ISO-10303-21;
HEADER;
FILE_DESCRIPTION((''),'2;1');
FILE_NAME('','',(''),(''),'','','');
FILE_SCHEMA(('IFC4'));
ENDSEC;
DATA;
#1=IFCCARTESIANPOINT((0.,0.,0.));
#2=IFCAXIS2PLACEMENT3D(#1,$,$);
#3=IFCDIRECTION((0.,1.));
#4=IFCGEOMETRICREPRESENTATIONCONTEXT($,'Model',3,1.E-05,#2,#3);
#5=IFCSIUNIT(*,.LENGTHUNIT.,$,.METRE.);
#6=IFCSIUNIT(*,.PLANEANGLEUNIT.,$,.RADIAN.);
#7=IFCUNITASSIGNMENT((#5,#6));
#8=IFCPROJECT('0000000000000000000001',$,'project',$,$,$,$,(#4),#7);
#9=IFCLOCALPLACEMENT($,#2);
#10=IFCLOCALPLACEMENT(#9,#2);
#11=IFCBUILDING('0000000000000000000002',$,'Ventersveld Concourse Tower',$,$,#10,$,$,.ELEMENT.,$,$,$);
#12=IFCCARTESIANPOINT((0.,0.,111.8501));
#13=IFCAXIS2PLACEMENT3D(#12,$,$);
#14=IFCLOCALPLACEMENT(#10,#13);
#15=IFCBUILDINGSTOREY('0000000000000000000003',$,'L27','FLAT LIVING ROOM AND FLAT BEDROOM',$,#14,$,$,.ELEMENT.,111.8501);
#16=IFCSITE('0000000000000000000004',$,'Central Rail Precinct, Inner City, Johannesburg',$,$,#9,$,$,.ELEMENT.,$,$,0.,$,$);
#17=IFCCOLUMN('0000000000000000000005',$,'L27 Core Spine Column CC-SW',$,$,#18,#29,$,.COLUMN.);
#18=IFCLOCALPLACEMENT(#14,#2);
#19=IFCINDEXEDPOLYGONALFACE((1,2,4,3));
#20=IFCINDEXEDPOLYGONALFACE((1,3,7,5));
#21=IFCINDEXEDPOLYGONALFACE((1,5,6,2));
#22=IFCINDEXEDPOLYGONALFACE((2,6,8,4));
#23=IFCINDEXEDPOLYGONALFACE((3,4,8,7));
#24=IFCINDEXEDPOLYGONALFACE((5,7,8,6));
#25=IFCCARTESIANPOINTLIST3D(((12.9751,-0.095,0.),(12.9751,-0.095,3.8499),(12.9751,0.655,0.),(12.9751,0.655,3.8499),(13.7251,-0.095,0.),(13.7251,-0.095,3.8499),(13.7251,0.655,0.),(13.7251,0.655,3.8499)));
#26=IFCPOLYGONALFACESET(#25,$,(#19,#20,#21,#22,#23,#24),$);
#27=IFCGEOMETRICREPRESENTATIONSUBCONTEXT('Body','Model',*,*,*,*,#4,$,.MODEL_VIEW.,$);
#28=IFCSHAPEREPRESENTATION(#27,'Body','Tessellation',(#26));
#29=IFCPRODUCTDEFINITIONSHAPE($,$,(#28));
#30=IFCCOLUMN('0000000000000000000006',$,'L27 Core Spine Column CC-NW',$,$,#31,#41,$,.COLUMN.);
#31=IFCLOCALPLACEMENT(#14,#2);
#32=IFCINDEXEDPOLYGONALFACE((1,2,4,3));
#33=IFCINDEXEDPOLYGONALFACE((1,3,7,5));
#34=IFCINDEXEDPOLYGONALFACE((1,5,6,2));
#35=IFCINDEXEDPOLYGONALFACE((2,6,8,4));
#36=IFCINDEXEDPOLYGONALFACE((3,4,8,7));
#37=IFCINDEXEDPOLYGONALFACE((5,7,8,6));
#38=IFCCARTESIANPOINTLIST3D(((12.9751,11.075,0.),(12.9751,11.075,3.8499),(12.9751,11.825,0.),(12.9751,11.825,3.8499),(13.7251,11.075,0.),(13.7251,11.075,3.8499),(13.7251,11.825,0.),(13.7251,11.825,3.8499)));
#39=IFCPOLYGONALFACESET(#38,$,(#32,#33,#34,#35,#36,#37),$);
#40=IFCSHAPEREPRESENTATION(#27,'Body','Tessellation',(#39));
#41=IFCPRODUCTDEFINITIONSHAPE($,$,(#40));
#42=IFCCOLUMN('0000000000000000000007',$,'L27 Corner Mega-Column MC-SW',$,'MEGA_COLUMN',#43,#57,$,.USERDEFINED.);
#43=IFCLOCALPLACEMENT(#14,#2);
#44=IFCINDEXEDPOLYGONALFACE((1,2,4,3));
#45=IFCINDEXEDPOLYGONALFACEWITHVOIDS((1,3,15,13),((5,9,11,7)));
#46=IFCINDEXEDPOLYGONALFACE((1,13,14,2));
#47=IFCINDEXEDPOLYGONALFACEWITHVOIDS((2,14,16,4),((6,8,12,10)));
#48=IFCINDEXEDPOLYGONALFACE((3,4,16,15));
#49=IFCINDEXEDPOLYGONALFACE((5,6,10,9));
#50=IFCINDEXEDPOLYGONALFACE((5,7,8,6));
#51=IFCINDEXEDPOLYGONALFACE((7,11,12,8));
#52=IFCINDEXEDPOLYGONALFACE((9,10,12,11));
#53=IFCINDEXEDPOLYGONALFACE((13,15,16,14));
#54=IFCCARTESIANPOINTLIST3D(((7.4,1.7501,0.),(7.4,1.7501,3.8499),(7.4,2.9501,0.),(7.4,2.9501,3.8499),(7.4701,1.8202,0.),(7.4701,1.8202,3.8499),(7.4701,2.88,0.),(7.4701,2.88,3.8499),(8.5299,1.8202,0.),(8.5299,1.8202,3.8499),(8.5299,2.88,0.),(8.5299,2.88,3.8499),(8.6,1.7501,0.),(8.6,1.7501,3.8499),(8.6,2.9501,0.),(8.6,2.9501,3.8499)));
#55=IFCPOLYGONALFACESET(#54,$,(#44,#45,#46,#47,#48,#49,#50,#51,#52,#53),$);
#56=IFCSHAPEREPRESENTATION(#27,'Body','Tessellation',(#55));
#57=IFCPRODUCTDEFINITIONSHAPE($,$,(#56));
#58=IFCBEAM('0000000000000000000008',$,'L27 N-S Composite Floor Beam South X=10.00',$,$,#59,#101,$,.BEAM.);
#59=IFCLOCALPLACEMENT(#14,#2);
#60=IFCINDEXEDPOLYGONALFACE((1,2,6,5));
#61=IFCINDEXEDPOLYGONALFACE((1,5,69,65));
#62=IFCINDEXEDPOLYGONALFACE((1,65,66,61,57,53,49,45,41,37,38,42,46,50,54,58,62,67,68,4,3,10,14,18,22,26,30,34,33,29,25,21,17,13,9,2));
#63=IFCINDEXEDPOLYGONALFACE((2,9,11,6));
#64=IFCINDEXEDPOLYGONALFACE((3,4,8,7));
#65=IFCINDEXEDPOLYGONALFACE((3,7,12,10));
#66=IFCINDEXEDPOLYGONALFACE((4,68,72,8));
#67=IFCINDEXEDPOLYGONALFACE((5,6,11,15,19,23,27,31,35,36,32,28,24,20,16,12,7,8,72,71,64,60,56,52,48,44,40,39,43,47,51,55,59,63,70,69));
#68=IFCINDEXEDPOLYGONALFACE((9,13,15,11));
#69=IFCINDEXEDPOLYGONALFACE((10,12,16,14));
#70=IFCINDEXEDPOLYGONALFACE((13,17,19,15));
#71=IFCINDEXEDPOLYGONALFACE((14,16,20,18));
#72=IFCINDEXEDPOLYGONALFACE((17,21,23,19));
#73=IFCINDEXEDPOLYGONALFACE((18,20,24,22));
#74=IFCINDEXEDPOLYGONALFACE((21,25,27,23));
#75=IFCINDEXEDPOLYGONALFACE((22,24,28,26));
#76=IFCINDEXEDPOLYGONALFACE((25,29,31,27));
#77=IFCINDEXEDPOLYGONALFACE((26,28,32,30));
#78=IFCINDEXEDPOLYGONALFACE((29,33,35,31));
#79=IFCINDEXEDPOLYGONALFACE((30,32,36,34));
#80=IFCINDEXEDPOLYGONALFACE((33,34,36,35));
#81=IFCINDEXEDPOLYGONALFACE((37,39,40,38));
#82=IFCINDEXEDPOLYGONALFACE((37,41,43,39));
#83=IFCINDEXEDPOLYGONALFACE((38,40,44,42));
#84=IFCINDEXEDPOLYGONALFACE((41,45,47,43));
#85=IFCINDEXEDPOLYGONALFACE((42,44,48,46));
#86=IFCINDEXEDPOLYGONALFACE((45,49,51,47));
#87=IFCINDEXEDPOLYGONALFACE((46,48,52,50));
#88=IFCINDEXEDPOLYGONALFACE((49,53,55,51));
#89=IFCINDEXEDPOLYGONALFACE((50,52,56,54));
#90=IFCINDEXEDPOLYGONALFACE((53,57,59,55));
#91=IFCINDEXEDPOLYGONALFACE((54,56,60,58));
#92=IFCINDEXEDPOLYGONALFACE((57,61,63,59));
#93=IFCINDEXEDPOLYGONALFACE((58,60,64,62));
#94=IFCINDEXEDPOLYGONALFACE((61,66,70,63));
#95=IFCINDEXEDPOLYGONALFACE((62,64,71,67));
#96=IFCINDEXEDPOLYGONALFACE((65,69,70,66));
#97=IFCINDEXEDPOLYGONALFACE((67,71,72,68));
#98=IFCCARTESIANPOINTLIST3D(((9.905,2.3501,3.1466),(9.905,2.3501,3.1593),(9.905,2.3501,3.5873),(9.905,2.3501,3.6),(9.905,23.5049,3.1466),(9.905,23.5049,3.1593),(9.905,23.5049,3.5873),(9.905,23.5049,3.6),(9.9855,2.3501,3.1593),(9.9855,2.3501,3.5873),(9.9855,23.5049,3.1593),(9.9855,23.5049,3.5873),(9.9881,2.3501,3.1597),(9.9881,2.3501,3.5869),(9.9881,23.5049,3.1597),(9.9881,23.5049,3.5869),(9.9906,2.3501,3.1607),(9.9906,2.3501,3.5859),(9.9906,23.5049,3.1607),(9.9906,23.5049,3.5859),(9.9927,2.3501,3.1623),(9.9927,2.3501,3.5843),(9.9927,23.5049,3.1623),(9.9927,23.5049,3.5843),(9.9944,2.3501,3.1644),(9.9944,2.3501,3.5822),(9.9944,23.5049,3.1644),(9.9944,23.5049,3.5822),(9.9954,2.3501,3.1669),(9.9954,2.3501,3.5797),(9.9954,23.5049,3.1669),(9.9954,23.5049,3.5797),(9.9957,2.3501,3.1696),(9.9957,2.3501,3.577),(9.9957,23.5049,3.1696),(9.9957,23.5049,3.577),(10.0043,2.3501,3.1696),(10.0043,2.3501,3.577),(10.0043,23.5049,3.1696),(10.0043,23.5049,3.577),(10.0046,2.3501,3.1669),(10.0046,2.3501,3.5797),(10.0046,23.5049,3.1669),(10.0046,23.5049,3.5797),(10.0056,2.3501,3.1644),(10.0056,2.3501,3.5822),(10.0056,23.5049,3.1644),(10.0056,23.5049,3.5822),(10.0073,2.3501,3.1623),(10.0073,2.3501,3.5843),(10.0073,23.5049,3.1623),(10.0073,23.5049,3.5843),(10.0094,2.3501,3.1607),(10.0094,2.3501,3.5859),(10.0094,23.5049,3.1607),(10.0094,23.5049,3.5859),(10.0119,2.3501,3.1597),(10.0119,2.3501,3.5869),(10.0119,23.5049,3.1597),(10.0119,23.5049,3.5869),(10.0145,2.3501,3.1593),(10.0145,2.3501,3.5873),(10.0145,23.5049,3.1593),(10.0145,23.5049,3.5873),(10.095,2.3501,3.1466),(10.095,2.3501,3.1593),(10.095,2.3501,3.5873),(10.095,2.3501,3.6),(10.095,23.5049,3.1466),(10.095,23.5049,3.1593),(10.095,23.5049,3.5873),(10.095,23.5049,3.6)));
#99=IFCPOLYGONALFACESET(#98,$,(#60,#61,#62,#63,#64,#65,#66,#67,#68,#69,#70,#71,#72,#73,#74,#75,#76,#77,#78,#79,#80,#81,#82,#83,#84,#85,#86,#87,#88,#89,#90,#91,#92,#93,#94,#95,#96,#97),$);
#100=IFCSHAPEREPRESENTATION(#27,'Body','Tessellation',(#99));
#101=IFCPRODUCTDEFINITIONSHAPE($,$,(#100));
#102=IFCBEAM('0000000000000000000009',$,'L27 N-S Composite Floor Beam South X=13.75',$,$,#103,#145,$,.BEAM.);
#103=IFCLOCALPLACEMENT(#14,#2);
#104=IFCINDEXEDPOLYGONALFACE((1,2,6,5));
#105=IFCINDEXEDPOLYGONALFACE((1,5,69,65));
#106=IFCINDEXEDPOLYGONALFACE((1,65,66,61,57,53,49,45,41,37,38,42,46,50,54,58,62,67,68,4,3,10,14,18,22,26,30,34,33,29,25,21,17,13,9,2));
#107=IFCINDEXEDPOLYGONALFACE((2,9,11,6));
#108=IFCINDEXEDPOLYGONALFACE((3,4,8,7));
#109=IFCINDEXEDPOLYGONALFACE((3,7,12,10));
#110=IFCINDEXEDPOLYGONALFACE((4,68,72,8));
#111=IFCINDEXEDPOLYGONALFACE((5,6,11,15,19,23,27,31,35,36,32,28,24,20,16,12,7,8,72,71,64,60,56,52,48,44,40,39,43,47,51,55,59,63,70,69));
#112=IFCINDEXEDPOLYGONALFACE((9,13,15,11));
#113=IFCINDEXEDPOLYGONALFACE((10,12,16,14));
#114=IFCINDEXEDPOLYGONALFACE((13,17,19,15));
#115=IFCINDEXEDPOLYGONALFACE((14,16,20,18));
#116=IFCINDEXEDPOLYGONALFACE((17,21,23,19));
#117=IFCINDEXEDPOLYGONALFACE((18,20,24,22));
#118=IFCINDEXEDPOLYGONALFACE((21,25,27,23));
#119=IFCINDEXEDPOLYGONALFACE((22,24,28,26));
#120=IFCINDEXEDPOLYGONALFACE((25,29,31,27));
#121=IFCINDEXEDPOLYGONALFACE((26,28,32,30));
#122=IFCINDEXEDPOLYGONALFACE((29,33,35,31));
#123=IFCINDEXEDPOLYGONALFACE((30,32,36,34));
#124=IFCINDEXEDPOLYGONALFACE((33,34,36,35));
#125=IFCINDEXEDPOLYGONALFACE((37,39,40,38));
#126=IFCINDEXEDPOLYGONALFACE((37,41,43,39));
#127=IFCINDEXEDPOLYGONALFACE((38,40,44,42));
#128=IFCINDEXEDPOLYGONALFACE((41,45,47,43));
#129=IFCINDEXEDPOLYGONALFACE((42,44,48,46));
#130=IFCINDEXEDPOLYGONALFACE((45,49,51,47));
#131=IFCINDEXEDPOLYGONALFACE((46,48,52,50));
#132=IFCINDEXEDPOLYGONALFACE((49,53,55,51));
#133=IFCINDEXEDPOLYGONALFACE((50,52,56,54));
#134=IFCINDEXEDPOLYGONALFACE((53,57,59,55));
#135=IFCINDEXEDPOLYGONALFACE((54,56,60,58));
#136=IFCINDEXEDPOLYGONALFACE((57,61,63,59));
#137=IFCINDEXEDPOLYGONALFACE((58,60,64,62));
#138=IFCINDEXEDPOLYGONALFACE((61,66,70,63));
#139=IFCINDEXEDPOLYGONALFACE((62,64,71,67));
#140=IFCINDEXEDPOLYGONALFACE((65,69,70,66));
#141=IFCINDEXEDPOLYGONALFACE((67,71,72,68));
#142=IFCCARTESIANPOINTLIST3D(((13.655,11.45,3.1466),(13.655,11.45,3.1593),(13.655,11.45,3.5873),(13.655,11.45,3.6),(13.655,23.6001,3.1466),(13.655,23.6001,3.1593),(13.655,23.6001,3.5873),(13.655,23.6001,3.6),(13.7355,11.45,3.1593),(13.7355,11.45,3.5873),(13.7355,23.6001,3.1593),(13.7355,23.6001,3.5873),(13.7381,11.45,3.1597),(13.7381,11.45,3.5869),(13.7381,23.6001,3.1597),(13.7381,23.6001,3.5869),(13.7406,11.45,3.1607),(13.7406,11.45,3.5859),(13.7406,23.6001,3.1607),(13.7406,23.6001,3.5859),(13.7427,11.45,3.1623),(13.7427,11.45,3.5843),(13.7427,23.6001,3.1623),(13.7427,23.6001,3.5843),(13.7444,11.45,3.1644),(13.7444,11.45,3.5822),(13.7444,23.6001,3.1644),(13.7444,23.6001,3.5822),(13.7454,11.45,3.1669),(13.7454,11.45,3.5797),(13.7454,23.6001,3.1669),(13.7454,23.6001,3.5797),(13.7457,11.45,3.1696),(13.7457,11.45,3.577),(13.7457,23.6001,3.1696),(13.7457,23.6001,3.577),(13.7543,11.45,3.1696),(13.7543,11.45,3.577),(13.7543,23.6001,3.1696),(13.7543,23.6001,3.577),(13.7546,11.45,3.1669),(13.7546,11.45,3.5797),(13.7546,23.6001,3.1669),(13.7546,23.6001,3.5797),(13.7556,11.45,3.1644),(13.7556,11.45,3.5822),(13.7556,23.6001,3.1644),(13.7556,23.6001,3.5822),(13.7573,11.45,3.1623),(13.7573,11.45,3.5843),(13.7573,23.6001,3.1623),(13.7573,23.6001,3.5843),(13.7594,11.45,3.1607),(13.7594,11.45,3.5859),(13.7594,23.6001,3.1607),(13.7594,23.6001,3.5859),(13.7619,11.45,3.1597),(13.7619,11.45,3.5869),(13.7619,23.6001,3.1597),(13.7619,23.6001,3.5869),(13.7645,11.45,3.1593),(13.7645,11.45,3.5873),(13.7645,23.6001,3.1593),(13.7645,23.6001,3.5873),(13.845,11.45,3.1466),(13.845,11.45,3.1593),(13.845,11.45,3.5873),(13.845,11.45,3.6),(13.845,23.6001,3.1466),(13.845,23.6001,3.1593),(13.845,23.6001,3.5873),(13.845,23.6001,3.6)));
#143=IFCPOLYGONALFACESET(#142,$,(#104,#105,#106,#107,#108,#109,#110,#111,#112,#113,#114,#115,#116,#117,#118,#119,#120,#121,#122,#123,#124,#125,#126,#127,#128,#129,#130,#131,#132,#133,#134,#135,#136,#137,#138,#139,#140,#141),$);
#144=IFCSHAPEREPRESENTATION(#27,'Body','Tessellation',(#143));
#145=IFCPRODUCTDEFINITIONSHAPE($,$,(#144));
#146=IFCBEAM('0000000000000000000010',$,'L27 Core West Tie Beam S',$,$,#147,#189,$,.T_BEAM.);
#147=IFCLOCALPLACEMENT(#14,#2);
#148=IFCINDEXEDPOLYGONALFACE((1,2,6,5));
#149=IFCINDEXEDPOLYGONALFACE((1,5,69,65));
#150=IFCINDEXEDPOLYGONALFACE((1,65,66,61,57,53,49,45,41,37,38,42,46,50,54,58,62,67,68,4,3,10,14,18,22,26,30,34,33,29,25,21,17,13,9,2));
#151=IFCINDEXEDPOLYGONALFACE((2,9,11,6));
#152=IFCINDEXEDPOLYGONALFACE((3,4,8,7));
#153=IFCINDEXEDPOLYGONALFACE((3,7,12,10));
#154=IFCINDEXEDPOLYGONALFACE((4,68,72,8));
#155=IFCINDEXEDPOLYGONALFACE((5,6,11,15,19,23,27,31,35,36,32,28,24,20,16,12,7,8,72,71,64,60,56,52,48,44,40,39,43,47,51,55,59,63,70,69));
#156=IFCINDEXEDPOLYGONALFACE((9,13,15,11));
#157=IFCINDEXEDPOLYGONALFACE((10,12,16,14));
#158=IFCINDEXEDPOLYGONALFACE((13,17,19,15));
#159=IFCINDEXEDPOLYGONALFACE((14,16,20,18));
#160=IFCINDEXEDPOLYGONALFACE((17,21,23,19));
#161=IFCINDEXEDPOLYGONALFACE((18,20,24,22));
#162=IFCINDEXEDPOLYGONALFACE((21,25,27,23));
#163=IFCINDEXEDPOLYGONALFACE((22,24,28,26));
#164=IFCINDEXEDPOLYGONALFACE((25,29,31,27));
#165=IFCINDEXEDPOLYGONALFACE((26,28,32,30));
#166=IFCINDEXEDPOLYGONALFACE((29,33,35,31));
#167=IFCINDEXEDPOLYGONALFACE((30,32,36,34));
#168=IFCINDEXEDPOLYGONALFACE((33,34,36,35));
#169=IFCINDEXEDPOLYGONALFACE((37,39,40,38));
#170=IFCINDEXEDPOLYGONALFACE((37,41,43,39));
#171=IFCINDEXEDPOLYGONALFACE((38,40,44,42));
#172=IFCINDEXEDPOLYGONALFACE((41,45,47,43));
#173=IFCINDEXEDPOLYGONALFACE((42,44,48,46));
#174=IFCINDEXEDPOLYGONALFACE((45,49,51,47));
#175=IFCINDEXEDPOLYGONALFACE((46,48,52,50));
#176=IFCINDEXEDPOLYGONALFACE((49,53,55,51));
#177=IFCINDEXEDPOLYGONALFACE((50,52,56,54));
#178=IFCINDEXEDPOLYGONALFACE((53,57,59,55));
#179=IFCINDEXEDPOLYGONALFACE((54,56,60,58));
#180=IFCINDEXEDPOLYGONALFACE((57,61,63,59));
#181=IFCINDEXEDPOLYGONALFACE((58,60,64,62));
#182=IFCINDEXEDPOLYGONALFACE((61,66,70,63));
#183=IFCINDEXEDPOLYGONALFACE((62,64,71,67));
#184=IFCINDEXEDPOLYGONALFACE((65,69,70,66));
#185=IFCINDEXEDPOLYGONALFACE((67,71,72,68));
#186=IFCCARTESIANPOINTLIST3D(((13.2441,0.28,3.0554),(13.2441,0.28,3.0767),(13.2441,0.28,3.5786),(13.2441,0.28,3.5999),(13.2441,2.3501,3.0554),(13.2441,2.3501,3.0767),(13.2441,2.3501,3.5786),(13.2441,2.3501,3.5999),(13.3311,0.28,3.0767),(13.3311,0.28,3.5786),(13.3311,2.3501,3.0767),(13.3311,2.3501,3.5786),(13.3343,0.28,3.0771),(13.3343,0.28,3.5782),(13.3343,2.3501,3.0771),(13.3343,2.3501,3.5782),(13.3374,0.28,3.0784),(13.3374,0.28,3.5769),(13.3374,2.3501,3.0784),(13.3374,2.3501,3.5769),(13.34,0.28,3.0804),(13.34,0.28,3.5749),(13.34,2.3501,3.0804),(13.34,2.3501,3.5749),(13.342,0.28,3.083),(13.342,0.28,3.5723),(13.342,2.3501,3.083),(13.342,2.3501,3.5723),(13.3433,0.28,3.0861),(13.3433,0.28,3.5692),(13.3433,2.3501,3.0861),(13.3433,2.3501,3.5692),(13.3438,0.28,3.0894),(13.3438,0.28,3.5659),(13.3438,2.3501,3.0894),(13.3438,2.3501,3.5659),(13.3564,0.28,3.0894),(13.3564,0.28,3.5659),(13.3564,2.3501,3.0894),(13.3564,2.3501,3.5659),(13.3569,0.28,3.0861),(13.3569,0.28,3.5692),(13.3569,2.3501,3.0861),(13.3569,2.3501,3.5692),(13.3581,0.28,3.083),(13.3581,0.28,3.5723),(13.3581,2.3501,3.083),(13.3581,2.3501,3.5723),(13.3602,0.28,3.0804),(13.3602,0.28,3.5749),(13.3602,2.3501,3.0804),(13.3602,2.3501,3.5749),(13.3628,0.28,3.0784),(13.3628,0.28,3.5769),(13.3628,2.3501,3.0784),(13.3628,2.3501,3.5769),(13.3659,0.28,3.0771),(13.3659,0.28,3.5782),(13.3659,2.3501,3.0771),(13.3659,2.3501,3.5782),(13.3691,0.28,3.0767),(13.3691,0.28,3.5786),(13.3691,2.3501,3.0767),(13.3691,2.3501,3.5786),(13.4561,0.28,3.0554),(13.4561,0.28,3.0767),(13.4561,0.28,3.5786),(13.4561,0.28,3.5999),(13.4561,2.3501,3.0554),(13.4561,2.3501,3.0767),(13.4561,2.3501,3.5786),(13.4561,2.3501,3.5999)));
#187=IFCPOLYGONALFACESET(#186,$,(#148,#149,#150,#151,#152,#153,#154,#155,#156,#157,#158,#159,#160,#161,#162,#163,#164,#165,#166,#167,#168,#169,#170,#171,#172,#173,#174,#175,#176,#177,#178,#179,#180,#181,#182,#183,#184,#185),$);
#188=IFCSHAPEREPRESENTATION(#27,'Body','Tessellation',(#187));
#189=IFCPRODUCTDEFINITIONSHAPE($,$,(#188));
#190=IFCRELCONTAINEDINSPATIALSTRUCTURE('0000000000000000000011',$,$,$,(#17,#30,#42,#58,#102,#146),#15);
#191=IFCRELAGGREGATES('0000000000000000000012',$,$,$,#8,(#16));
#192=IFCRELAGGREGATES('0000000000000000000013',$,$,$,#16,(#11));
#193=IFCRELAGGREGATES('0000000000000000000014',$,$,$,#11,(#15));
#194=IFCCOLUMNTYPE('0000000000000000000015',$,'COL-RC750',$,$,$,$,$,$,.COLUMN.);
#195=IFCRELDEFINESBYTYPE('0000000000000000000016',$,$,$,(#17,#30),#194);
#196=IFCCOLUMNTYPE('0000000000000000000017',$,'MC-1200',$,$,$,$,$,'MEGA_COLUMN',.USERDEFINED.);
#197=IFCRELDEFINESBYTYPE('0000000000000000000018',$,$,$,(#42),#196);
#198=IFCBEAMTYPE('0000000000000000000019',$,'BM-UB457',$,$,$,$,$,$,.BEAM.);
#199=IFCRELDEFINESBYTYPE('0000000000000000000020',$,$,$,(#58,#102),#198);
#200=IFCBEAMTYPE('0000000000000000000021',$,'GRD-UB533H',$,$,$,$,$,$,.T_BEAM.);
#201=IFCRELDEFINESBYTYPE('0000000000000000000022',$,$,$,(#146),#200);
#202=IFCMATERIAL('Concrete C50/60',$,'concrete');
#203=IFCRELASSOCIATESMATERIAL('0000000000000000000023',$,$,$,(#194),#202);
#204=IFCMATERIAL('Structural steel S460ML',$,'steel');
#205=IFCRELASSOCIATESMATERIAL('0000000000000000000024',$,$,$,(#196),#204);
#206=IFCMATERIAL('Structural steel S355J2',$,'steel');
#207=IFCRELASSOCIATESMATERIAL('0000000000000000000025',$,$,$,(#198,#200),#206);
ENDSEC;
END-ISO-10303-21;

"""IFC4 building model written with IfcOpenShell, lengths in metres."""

from ifc_helpers import new_model, si_unit, direction, frame, origin, origin_2d, place, context, subcontext, project, spatial, rectangle, hollow_rectangle, i_section, extrude, material, material_profile, profile_set, type_object, element, save


model = new_model("IFC4")

# Units and contexts
model_context = context("Model", 3, precision=1e-05, world=origin(), true_north=direction((0.0, 1.0)))
body_context = subcontext(model_context, "Body", "Model", "MODEL_VIEW")
ifc_project = project(units=[si_unit("LENGTHUNIT", "METRE"), si_unit("PLANEANGLEUNIT", "RADIAN")], contexts=[model_context])

# Site, building, storey
site_placement = place(None, origin())
site = spatial("IfcSite", under=ifc_project, at=site_placement, Name="Central Rail Precinct, Inner City, Johannesburg", CompositionType="ELEMENT", RefElevation=0.0)
building_placement = place(site_placement, origin())
building = spatial("IfcBuilding", under=site, at=building_placement, Name="Ventersveld Concourse Tower", CompositionType="ELEMENT")
storey_placement = place(building_placement, frame((0.0, 0.0, 111.8501)))
storey = spatial("IfcBuildingStorey", under=building, at=storey_placement, Name="L27", Description="FLAT LIVING ROOM AND FLAT BEDROOM", CompositionType="ELEMENT", Elevation=111.8501)

# Columns
ifc_material_1 = material(Name="Concrete C50/60", Category="concrete")
ifc_material_profile_1 = material_profile(ifc_material_1, rectangle(XDim=0.75, YDim=0.75, at=origin_2d()), Name="RC 750x750")
ifc_profile_set_1 = profile_set([ifc_material_profile_1], Name="Concrete C50/60")
column_type_1 = type_object("IfcColumnType", Name="COL-RC750", PredefinedType="COLUMN", material=ifc_profile_set_1)
for number, where, z_axis, x_axis, name in (
    (1, (13.3501, 0.28, 0.0), (0.0, 0.0, 1.0), (1.0, 0.0, 0.0), "L27 Core Spine Column CC-SW"),
    (2, (13.3501, 11.45, 0.0), (0.0, 0.0, 1.0), (1.0, 0.0, 0.0), "L27 Core Spine Column CC-NW"),
):
    element("IfcColumn", number, at=place(storey_placement, frame(where, z_axis=z_axis, x_axis=x_axis)), inside=storey, type_object=column_type_1, Name=name, PredefinedType="COLUMN", context=body_context, shape_type="SweptSolid", body=[
        extrude(rectangle(XDim=0.75, YDim=0.75, at=origin_2d()), origin(), (0.0, 0.0, 1.0), 3.8499),
    ])
ifc_material_2 = material(Name="Structural steel S460ML", Category="steel")
ifc_material_profile_2 = material_profile(ifc_material_2, hollow_rectangle(XDim=1.2, YDim=1.2, WallThickness=0.0701, at=origin_2d()), Name="BOX 1200x1200x70")
ifc_profile_set_2 = profile_set([ifc_material_profile_2], Name="Structural steel S460ML")
column_type_2 = type_object("IfcColumnType", Name="MC-1200", ElementType="MEGA_COLUMN", PredefinedType="USERDEFINED", material=ifc_profile_set_2)
column_placement = place(storey_placement, frame((8.0, 2.3501, 0.0), z_axis=(0.0, 0.0, 1.0), x_axis=(1.0, 0.0, 0.0)))
element("IfcColumn", 3, at=column_placement, inside=storey, type_object=column_type_2, Name="L27 Corner Mega-Column MC-SW", ObjectType="MEGA_COLUMN", PredefinedType="USERDEFINED", context=body_context, shape_type="SweptSolid", body=[
    extrude(hollow_rectangle(XDim=1.2, YDim=1.2, WallThickness=0.0701, at=origin_2d()), origin(), (0.0, 0.0, 1.0), 3.8499),
])

# Beams
ifc_material_3 = material(Name="Structural steel S355J2", Category="steel")
ifc_material_profile_3 = material_profile(ifc_material_3, i_section(OverallWidth=0.1899, OverallDepth=0.4534, WebThickness=0.0085, FlangeThickness=0.0127, FilletRadius=0.0103, at=origin_2d()), Name="UB 457x191x67")
ifc_profile_set_3 = profile_set([ifc_material_profile_3], Name="Structural steel S355J2")
beam_type_1 = type_object("IfcBeamType", Name="BM-UB457", PredefinedType="BEAM", material=ifc_profile_set_3)
beam_1_placement = place(storey_placement, frame((10.0, 2.3501, 3.3733), z_axis=(0.0, 1.0, 0.0), x_axis=(-1.0, 0.0, 0.0)))
element("IfcBeam", 4, at=beam_1_placement, inside=storey, type_object=beam_type_1, Name="L27 N-S Composite Floor Beam South X=10.00", PredefinedType="BEAM", context=body_context, shape_type="SweptSolid", body=[
    extrude(i_section(OverallWidth=0.1899, OverallDepth=0.4534, WebThickness=0.0085, FlangeThickness=0.0127, FilletRadius=0.0103, at=origin_2d()), origin(), (0.0, 0.0, 1.0), 21.1548),
])
beam_2_placement = place(storey_placement, frame((13.75, 11.45, 3.3733), z_axis=(0.0, 1.0, 0.0), x_axis=(-1.0, 0.0, 0.0)))
element("IfcBeam", 5, at=beam_2_placement, inside=storey, type_object=beam_type_1, Name="L27 N-S Composite Floor Beam South X=13.75", PredefinedType="BEAM", context=body_context, shape_type="SweptSolid", body=[
    extrude(i_section(OverallWidth=0.1899, OverallDepth=0.4534, WebThickness=0.0085, FlangeThickness=0.0127, FilletRadius=0.0103, at=origin_2d()), origin(), (0.0, 0.0, 1.0), 12.1501),
])
ifc_material_profile_4 = material_profile(ifc_material_3, i_section(OverallWidth=0.2119, OverallDepth=0.5444, WebThickness=0.0127, FlangeThickness=0.0212, FilletRadius=0.0127, at=origin_2d()), Name="UB 533x210x122")
ifc_profile_set_4 = profile_set([ifc_material_profile_4], Name="Structural steel S355J2")
beam_type_2 = type_object("IfcBeamType", Name="GRD-UB533H", PredefinedType="T_BEAM", material=ifc_profile_set_4)
beam_3_placement = place(storey_placement, frame((13.3501, 0.28, 3.3276), z_axis=(0.0, 1.0, 0.0), x_axis=(-1.0, 0.0, 0.0)))
element("IfcBeam", 6, at=beam_3_placement, inside=storey, type_object=beam_type_2, Name="L27 Core West Tie Beam S", PredefinedType="T_BEAM", context=body_context, shape_type="SweptSolid", body=[
    extrude(i_section(OverallWidth=0.2119, OverallDepth=0.5444, WebThickness=0.0127, FlangeThickness=0.0212, FilletRadius=0.0127, at=origin_2d()), origin(), (0.0, 0.0, 1.0), 2.0701),
])

save(model, "model.ifc")
